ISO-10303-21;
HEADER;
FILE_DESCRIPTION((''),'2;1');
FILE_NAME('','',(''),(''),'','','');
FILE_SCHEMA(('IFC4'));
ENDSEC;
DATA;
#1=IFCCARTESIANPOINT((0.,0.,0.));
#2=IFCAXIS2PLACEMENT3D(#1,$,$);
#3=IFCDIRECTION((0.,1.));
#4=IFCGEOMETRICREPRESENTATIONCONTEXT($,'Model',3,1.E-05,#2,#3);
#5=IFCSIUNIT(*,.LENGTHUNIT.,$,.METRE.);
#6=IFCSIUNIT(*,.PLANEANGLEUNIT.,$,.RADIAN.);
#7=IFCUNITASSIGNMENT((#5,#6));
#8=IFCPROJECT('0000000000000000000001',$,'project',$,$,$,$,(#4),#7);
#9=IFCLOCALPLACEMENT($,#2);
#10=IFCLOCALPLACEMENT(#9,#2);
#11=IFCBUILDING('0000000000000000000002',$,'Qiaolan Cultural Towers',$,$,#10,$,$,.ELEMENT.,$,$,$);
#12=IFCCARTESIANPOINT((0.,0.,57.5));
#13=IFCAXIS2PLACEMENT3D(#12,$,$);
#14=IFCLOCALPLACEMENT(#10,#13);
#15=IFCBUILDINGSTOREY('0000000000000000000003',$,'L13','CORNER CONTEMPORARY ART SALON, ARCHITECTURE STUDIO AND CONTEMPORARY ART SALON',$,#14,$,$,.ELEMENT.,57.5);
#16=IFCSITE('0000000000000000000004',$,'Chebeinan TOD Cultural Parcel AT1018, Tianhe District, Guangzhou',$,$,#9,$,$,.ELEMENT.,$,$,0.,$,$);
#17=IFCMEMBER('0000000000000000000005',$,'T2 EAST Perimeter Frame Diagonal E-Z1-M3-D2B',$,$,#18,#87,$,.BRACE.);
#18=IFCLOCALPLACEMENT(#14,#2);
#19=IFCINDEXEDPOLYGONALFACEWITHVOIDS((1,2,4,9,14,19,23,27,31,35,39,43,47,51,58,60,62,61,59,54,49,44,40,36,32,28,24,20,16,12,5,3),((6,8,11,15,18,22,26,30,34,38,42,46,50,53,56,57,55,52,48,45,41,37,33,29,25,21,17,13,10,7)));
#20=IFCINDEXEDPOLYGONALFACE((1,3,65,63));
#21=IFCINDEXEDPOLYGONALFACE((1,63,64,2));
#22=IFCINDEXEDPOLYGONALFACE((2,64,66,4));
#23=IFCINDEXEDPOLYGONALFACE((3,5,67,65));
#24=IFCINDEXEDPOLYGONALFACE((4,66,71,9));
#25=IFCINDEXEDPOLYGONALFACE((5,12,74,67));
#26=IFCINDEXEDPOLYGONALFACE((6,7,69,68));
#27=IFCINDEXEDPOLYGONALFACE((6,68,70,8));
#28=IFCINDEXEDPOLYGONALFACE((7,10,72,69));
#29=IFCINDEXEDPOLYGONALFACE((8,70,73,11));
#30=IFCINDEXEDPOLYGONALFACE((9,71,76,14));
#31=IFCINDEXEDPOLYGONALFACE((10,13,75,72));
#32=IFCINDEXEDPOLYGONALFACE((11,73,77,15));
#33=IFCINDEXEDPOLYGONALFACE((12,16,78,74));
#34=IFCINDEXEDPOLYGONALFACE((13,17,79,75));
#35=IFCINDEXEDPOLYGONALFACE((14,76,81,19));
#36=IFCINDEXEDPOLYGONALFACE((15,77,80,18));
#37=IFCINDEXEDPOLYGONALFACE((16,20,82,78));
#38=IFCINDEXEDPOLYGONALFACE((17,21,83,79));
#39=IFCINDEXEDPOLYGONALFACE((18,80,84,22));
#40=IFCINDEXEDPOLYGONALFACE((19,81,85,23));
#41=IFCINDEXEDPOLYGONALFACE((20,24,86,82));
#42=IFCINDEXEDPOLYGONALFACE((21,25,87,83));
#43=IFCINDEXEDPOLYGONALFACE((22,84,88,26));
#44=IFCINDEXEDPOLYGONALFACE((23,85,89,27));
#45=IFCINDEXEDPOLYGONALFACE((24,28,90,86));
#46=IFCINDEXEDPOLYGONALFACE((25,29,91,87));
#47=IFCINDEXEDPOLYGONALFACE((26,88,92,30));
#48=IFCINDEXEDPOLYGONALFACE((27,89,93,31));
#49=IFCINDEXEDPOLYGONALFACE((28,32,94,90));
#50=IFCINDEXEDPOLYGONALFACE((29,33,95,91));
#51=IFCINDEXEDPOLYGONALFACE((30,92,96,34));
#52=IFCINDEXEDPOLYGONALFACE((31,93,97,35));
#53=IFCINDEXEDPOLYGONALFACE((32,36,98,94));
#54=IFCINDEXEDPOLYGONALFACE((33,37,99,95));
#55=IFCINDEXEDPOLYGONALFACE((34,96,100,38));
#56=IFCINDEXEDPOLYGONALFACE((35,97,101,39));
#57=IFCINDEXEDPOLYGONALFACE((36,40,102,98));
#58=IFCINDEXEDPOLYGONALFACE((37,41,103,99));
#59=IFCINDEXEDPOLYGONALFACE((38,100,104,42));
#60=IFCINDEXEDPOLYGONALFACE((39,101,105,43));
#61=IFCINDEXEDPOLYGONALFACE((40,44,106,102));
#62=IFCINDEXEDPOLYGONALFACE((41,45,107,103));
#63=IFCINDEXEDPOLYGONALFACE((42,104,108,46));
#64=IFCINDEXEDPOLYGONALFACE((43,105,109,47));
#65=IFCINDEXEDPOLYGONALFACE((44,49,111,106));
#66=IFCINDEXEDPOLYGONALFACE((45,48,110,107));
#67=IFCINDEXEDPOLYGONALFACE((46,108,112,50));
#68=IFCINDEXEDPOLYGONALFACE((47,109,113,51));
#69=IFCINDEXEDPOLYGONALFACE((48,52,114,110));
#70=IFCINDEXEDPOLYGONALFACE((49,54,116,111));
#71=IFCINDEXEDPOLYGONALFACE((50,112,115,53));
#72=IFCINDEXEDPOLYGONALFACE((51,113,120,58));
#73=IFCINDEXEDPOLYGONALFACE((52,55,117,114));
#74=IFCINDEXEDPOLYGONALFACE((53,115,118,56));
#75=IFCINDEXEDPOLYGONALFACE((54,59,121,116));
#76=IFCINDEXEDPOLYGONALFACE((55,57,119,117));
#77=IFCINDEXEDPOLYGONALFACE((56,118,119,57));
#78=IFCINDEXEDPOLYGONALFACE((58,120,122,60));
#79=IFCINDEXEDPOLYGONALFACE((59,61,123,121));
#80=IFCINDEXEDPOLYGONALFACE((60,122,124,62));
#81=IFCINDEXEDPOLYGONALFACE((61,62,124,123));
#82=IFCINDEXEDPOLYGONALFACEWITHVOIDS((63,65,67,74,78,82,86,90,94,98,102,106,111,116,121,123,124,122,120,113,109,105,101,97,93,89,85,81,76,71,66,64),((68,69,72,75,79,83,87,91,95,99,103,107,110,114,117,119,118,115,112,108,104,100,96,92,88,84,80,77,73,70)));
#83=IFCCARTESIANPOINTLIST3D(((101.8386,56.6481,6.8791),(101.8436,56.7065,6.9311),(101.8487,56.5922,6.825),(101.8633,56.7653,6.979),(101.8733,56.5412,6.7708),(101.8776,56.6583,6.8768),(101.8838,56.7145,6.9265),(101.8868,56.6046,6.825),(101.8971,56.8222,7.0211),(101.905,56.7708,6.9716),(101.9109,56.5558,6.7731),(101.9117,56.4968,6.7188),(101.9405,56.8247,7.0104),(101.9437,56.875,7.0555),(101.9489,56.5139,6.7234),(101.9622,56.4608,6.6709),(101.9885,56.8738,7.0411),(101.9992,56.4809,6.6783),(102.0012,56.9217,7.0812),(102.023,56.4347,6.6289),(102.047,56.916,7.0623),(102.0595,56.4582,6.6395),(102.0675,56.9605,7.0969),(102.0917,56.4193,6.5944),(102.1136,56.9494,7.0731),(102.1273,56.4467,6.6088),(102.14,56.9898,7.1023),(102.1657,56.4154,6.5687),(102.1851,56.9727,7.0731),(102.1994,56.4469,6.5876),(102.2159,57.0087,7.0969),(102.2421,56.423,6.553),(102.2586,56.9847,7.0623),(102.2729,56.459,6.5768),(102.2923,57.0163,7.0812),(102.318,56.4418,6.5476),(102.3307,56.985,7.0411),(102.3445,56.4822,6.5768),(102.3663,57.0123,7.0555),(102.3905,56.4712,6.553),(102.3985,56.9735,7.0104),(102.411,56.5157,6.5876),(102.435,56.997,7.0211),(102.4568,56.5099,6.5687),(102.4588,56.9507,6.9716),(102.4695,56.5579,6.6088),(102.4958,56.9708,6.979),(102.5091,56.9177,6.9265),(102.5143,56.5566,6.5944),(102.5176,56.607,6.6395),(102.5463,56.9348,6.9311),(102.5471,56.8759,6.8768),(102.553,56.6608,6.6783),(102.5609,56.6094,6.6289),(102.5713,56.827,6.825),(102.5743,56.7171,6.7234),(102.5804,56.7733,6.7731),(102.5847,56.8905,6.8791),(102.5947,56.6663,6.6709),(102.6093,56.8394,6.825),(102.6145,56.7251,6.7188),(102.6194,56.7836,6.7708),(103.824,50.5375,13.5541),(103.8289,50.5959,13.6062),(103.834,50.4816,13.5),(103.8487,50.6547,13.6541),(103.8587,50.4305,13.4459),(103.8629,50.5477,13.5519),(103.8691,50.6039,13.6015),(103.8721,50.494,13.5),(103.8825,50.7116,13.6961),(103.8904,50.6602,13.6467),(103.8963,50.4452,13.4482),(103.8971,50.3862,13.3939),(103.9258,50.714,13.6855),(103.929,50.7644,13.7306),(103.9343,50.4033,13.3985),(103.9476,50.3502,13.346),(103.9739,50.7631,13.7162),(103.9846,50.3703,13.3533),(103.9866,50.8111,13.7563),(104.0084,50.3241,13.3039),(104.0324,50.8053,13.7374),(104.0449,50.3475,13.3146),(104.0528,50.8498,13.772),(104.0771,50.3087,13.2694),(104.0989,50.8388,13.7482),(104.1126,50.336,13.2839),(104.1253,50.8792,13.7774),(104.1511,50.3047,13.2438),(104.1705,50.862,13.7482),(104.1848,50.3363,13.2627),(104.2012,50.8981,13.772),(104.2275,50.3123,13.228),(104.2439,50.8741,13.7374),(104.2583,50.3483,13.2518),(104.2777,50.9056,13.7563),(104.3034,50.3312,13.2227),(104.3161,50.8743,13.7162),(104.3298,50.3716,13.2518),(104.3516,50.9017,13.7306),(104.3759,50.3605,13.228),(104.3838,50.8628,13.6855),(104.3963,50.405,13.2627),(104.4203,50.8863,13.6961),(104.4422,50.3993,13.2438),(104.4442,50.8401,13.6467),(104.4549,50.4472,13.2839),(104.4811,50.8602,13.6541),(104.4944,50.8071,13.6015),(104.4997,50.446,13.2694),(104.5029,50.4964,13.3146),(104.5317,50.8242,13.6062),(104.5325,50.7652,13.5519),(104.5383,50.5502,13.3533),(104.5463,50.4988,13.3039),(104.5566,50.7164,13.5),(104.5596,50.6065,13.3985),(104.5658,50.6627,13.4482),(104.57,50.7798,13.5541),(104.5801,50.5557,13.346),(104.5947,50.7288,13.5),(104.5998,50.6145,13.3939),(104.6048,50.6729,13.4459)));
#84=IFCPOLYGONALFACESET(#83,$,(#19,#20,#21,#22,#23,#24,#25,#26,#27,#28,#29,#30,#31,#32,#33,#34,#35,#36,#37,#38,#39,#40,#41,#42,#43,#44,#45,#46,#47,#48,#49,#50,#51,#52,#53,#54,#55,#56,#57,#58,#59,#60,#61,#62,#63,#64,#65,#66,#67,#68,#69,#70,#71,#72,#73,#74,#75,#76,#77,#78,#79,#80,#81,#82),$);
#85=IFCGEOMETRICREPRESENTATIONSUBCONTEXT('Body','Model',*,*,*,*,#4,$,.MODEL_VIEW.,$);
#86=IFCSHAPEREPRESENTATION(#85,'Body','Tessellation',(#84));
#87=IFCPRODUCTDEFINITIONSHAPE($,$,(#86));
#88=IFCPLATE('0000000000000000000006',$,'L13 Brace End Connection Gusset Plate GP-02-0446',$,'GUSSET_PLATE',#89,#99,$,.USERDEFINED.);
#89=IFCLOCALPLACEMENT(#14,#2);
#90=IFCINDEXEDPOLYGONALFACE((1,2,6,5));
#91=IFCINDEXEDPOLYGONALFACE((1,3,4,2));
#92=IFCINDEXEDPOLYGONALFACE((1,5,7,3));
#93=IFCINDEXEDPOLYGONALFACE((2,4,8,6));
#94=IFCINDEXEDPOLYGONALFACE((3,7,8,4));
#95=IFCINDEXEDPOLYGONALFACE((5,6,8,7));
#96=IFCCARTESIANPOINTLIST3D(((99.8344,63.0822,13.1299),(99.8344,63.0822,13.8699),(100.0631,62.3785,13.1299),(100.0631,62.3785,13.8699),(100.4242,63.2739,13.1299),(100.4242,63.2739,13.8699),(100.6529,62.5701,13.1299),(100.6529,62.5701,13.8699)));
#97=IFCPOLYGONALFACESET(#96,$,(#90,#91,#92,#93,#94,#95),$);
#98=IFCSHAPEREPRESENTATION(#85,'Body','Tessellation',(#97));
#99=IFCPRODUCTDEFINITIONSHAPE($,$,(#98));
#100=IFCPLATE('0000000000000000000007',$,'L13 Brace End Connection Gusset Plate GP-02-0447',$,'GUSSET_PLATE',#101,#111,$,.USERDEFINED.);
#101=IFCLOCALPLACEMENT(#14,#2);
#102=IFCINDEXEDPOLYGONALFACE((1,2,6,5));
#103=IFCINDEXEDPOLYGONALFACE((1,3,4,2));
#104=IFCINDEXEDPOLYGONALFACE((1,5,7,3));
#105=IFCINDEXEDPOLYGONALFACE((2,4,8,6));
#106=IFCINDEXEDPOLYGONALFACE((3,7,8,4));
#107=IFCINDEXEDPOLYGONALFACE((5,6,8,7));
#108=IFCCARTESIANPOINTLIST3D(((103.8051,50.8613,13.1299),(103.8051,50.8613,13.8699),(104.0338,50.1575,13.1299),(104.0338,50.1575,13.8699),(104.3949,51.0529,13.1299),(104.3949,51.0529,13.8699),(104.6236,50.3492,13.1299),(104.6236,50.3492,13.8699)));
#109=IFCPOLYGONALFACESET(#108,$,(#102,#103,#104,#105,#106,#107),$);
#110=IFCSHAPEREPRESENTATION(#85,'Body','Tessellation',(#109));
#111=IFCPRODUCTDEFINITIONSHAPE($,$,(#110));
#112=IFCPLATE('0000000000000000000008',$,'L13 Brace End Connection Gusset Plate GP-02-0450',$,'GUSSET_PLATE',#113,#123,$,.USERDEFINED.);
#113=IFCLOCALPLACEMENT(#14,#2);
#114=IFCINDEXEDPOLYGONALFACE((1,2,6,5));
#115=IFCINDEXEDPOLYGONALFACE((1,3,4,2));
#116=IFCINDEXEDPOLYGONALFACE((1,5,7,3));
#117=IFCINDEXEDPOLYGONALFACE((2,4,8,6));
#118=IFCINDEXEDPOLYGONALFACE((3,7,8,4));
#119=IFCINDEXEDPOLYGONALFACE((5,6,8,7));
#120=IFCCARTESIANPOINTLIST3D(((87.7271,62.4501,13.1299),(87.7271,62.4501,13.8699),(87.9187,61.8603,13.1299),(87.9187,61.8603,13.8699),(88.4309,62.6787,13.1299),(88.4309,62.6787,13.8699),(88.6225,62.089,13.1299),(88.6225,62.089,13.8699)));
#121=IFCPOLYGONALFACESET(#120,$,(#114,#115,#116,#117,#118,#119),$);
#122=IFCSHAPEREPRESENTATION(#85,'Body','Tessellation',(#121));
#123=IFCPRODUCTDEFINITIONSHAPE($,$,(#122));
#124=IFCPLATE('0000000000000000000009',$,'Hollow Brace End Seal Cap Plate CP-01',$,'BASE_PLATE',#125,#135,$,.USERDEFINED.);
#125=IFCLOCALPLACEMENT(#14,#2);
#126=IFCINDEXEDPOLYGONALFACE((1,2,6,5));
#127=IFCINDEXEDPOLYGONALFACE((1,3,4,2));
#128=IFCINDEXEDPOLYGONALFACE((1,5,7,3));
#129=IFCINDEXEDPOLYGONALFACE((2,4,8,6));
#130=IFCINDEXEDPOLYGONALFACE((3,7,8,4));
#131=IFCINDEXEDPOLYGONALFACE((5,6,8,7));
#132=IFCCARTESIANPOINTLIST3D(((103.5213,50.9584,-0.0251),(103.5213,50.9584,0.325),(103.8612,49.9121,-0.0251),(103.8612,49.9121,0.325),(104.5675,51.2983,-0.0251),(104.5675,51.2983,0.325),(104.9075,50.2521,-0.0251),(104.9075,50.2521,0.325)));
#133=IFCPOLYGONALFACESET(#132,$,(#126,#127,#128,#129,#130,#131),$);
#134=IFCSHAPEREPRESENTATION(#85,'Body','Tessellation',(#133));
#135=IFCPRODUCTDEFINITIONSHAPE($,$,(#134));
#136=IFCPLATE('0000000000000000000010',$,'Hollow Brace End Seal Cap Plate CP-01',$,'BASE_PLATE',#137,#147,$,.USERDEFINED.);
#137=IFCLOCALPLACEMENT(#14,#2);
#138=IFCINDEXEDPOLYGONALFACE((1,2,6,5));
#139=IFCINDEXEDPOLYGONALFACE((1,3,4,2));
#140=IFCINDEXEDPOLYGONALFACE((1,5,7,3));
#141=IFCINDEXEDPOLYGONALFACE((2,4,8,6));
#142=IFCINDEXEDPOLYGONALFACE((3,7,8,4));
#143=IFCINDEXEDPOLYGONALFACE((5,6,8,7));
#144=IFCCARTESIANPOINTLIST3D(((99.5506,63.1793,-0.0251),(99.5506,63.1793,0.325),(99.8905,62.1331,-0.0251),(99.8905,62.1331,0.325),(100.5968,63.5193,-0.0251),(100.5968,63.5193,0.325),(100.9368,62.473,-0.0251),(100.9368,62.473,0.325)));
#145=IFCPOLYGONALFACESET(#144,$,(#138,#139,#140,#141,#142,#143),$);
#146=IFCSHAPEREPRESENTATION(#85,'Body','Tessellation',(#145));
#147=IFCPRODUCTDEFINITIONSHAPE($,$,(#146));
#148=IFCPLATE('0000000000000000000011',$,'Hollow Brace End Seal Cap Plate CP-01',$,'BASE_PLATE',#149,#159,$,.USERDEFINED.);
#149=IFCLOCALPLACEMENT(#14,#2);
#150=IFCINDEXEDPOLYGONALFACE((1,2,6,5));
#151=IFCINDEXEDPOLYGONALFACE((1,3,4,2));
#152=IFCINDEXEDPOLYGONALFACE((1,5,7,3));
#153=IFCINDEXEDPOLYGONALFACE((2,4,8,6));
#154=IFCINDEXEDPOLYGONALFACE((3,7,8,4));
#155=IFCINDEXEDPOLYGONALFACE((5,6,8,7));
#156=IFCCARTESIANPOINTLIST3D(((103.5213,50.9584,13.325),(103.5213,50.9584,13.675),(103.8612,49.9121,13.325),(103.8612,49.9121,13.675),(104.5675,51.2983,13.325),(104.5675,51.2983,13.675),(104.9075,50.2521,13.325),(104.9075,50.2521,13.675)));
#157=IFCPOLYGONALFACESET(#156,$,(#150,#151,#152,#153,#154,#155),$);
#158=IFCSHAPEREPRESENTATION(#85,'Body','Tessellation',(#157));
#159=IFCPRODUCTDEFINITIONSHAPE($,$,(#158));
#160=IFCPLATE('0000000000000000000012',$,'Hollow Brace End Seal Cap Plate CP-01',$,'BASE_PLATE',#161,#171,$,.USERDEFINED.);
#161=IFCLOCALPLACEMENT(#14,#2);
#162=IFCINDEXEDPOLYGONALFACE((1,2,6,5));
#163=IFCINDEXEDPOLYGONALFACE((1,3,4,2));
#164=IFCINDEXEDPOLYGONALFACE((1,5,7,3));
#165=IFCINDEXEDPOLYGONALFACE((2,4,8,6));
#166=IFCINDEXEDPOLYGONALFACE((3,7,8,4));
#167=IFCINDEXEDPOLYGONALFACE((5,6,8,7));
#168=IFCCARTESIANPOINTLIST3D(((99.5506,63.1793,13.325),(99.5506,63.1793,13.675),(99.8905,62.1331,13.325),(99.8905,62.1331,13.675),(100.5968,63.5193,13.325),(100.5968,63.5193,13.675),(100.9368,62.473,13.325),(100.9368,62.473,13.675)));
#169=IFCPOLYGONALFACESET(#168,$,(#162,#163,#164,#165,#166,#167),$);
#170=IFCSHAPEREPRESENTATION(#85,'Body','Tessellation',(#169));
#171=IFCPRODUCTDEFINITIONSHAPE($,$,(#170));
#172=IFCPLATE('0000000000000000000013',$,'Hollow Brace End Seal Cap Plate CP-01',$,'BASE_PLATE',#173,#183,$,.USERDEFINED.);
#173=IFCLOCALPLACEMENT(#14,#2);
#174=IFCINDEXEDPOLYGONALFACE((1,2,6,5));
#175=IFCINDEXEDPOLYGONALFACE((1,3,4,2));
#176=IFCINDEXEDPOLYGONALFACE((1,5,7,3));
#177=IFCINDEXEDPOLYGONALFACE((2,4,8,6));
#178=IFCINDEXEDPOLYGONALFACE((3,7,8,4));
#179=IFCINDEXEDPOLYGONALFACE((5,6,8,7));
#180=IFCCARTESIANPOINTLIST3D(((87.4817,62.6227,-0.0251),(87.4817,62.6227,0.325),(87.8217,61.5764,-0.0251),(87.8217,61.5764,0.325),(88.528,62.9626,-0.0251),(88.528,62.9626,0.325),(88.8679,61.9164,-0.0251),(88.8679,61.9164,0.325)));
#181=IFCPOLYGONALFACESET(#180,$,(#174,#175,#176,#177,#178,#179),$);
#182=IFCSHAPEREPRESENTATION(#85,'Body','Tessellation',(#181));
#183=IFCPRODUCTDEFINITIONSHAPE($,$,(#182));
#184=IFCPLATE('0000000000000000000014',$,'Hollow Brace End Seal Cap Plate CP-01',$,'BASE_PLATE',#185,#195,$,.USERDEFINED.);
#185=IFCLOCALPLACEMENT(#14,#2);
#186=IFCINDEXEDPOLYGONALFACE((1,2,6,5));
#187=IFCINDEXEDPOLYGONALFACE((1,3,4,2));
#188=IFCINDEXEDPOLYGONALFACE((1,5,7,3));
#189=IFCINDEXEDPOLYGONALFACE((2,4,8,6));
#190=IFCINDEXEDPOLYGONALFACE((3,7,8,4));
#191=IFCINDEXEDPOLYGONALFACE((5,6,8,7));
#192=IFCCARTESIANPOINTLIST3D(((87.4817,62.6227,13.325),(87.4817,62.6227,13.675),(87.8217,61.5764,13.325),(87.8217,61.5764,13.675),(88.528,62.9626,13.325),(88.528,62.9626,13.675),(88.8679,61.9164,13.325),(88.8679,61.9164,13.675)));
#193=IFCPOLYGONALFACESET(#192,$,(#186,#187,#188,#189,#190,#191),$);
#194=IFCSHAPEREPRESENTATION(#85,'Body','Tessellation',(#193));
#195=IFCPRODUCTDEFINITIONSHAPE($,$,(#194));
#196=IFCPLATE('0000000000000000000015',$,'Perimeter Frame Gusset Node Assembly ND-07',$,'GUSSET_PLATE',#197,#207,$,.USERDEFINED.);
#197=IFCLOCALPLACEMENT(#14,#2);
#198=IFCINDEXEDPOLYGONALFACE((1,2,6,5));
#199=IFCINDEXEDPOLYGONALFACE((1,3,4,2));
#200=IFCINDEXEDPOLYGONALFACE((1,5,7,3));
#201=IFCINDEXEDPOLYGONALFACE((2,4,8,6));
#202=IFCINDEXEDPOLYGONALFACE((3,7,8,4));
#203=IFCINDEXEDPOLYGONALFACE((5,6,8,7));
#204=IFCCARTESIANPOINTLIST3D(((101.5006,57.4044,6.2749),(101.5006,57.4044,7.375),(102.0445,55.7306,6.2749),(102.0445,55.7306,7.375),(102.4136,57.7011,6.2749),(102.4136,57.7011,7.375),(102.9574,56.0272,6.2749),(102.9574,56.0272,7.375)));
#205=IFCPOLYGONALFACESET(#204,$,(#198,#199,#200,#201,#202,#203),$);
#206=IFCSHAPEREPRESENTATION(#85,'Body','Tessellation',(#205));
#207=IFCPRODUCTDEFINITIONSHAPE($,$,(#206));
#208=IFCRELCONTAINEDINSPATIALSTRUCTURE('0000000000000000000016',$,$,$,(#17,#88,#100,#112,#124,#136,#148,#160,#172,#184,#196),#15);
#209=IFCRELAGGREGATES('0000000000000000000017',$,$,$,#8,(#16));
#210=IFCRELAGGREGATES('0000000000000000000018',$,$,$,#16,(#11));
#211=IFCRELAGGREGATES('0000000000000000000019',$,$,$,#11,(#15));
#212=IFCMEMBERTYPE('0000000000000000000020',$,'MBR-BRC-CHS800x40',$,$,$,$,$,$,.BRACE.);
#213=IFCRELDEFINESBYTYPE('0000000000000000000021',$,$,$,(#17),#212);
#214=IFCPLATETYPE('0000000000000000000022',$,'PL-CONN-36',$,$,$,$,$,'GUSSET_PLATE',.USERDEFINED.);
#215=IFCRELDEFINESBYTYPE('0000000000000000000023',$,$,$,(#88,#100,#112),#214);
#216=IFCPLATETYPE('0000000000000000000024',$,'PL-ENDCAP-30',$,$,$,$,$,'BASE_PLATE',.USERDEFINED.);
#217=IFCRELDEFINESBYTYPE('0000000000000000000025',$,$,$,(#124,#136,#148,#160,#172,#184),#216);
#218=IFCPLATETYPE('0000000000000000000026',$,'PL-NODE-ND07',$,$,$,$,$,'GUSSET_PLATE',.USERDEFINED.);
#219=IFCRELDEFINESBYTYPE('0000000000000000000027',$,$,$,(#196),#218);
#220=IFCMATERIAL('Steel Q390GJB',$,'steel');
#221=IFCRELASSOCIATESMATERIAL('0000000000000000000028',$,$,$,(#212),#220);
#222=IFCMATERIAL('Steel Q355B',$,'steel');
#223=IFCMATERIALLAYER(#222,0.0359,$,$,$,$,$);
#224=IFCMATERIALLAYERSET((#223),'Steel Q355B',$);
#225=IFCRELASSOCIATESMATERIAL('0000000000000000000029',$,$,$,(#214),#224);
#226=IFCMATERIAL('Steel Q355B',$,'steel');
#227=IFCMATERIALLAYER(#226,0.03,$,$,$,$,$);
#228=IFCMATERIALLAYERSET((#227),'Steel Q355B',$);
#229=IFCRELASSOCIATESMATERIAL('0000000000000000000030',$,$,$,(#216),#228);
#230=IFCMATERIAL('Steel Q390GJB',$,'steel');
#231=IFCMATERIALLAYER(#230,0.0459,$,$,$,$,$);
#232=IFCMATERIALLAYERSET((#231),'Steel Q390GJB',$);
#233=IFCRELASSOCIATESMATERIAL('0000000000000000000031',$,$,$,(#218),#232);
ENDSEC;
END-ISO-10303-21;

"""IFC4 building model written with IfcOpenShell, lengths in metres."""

from ifc_helpers import new_model, si_unit, direction, frame, origin, origin_2d, place, context, subcontext, project, spatial, rectangle, hollow_circle, extrude, material, layer, layer_set, material_profile, profile_set, type_object, element, save


model = new_model("IFC4")

# Units and contexts
model_context = context("Model", 3, precision=1e-05, world=origin(), true_north=direction((0.0, 1.0)))
body_context = subcontext(model_context, "Body", "Model", "MODEL_VIEW")
ifc_project = project(units=[si_unit("LENGTHUNIT", "METRE"), si_unit("PLANEANGLEUNIT", "RADIAN")], contexts=[model_context])

# Site, building, storey
site_placement = place(None, origin())
site = spatial("IfcSite", under=ifc_project, at=site_placement, Name="Chebeinan TOD Cultural Parcel AT1018, Tianhe District, Guangzhou", CompositionType="ELEMENT", RefElevation=0.0)
building_placement = place(site_placement, origin())
building = spatial("IfcBuilding", under=site, at=building_placement, Name="Qiaolan Cultural Towers", CompositionType="ELEMENT")
storey_placement = place(building_placement, frame((0.0, 0.0, 57.5)))
storey = spatial("IfcBuildingStorey", under=building, at=storey_placement, Name="L13", Description="CORNER CONTEMPORARY ART SALON, ARCHITECTURE STUDIO AND CONTEMPORARY ART SALON", CompositionType="ELEMENT", Elevation=57.5)

# Member
ifc_material_1 = material(Name="Steel Q390GJB", Category="steel")
ifc_material_profile_1 = material_profile(ifc_material_1, hollow_circle(Radius=0.3999, WallThickness=0.04, at=origin_2d()), Name="CHS800x40")
ifc_profile_set_1 = profile_set([ifc_material_profile_1], Name="Steel Q390GJB")
member_type = type_object("IfcMemberType", Name="MBR-BRC-CHS800x40", PredefinedType="BRACE", material=ifc_profile_set_1)
member_1_placement = place(storey_placement, frame((102.229, 56.7158, 6.825), z_axis=(0.214289, -0.659547, 0.720471), x_axis=(0.951061, 0.309003, 0.0)))
element("IfcMember", 1, at=member_1_placement, inside=storey, type_object=member_type, Name="T2 EAST Perimeter Frame Diagonal E-Z1-M3-D2B", PredefinedType="BRACE", context=body_context, shape_type="SweptSolid", body=[
    extrude(hollow_circle(Radius=0.3999, WallThickness=0.04, at=origin_2d()), origin(), (0.0, 0.0, 1.0), 9.2649),
])

# Plates
ifc_material_2 = material(Name="Steel Q355B", Category="steel")
ifc_layer_1 = layer(ifc_material_2, 0.0359)
ifc_layer_set_1 = layer_set([ifc_layer_1], Name="Steel Q355B")
plate_type_1 = type_object("IfcPlateType", Name="PL-CONN-36", ElementType="GUSSET_PLATE", PredefinedType="USERDEFINED", material=ifc_layer_set_1)
for number, where, z_axis, x_axis, name in (
    (2, (100.2437, 62.8262, 13.1299), (0.0, 0.0, 1.0), (-0.309017, 0.951057, 0.0), "L13 Brace End Connection Gusset Plate GP-02-0446"),
    (3, (104.2144, 50.6052, 13.1299), (0.0, 0.0, 1.0), (-0.309017, 0.951057, 0.0), "L13 Brace End Connection Gusset Plate GP-02-0447"),
    (4, (88.1748, 62.2695, 13.1299), (0.0, 0.0, 1.0), (0.951057, 0.309017, 0.0), "L13 Brace End Connection Gusset Plate GP-02-0450"),
):
    element("IfcPlate", number, at=place(storey_placement, frame(where, z_axis=z_axis, x_axis=x_axis)), inside=storey, type_object=plate_type_1, Name=name, ObjectType="GUSSET_PLATE", PredefinedType="USERDEFINED", context=body_context, shape_type="SweptSolid", body=[
        extrude(rectangle(XDim=0.74, YDim=0.6201, at=origin_2d()), origin(), (0.0, 0.0, 1.0), 0.74),
    ])
ifc_material_3 = material(Name="Steel Q355B", Category="steel")
ifc_layer_2 = layer(ifc_material_3, 0.03)
ifc_layer_set_2 = layer_set([ifc_layer_2], Name="Steel Q355B")
plate_type_2 = type_object("IfcPlateType", Name="PL-ENDCAP-30", ElementType="BASE_PLATE", PredefinedType="USERDEFINED", material=ifc_layer_set_2)
for number, where, z_axis, x_axis, name in (
    (5, (104.2144, 50.6052, -0.0251), (0.0, 0.0, 1.0), (-0.309017, 0.951057, 0.0), "Hollow Brace End Seal Cap Plate CP-01"),
    (6, (100.2437, 62.8262, -0.0251), (0.0, 0.0, 1.0), (-0.309017, 0.951057, 0.0), "Hollow Brace End Seal Cap Plate CP-01"),
    (7, (104.2144, 50.6052, 13.325), (0.0, 0.0, 1.0), (-0.309017, 0.951057, 0.0), "Hollow Brace End Seal Cap Plate CP-01"),
    (8, (100.2437, 62.8262, 13.325), (0.0, 0.0, 1.0), (-0.309017, 0.951057, 0.0), "Hollow Brace End Seal Cap Plate CP-01"),
    (9, (88.1748, 62.2695, -0.0251), (0.0, 0.0, 1.0), (0.951057, 0.309017, 0.0), "Hollow Brace End Seal Cap Plate CP-01"),
    (10, (88.1748, 62.2695, 13.325), (0.0, 0.0, 1.0), (0.951057, 0.309017, 0.0), "Hollow Brace End Seal Cap Plate CP-01"),
):
    element("IfcPlate", number, at=place(storey_placement, frame(where, z_axis=z_axis, x_axis=x_axis)), inside=storey, type_object=plate_type_2, Name=name, ObjectType="BASE_PLATE", PredefinedType="USERDEFINED", context=body_context, shape_type="SweptSolid", body=[
        extrude(rectangle(XDim=1.1001, YDim=1.1001, at=origin_2d()), origin(), (0.0, 0.0, 1.0), 0.3501),
    ])
ifc_material_4 = material(Name="Steel Q390GJB", Category="steel")
ifc_layer_3 = layer(ifc_material_4, 0.0459)
ifc_layer_set_3 = layer_set([ifc_layer_3], Name="Steel Q390GJB")
plate_type_3 = type_object("IfcPlateType", Name="PL-NODE-ND07", ElementType="GUSSET_PLATE", PredefinedType="USERDEFINED", material=ifc_layer_set_3)
plate_placement = place(storey_placement, frame((102.229, 56.7158, 6.2749), z_axis=(0.0, 0.0, 1.0), x_axis=(-0.309017, 0.951057, 0.0)))
element("IfcPlate", 11, at=plate_placement, inside=storey, type_object=plate_type_3, Name="Perimeter Frame Gusset Node Assembly ND-07", ObjectType="GUSSET_PLATE", PredefinedType="USERDEFINED", context=body_context, shape_type="SweptSolid", body=[
    extrude(rectangle(XDim=1.76, YDim=0.96, at=origin_2d()), origin(), (0.0, 0.0, 1.0), 1.1001),
])

save(model, "model.ifc")
